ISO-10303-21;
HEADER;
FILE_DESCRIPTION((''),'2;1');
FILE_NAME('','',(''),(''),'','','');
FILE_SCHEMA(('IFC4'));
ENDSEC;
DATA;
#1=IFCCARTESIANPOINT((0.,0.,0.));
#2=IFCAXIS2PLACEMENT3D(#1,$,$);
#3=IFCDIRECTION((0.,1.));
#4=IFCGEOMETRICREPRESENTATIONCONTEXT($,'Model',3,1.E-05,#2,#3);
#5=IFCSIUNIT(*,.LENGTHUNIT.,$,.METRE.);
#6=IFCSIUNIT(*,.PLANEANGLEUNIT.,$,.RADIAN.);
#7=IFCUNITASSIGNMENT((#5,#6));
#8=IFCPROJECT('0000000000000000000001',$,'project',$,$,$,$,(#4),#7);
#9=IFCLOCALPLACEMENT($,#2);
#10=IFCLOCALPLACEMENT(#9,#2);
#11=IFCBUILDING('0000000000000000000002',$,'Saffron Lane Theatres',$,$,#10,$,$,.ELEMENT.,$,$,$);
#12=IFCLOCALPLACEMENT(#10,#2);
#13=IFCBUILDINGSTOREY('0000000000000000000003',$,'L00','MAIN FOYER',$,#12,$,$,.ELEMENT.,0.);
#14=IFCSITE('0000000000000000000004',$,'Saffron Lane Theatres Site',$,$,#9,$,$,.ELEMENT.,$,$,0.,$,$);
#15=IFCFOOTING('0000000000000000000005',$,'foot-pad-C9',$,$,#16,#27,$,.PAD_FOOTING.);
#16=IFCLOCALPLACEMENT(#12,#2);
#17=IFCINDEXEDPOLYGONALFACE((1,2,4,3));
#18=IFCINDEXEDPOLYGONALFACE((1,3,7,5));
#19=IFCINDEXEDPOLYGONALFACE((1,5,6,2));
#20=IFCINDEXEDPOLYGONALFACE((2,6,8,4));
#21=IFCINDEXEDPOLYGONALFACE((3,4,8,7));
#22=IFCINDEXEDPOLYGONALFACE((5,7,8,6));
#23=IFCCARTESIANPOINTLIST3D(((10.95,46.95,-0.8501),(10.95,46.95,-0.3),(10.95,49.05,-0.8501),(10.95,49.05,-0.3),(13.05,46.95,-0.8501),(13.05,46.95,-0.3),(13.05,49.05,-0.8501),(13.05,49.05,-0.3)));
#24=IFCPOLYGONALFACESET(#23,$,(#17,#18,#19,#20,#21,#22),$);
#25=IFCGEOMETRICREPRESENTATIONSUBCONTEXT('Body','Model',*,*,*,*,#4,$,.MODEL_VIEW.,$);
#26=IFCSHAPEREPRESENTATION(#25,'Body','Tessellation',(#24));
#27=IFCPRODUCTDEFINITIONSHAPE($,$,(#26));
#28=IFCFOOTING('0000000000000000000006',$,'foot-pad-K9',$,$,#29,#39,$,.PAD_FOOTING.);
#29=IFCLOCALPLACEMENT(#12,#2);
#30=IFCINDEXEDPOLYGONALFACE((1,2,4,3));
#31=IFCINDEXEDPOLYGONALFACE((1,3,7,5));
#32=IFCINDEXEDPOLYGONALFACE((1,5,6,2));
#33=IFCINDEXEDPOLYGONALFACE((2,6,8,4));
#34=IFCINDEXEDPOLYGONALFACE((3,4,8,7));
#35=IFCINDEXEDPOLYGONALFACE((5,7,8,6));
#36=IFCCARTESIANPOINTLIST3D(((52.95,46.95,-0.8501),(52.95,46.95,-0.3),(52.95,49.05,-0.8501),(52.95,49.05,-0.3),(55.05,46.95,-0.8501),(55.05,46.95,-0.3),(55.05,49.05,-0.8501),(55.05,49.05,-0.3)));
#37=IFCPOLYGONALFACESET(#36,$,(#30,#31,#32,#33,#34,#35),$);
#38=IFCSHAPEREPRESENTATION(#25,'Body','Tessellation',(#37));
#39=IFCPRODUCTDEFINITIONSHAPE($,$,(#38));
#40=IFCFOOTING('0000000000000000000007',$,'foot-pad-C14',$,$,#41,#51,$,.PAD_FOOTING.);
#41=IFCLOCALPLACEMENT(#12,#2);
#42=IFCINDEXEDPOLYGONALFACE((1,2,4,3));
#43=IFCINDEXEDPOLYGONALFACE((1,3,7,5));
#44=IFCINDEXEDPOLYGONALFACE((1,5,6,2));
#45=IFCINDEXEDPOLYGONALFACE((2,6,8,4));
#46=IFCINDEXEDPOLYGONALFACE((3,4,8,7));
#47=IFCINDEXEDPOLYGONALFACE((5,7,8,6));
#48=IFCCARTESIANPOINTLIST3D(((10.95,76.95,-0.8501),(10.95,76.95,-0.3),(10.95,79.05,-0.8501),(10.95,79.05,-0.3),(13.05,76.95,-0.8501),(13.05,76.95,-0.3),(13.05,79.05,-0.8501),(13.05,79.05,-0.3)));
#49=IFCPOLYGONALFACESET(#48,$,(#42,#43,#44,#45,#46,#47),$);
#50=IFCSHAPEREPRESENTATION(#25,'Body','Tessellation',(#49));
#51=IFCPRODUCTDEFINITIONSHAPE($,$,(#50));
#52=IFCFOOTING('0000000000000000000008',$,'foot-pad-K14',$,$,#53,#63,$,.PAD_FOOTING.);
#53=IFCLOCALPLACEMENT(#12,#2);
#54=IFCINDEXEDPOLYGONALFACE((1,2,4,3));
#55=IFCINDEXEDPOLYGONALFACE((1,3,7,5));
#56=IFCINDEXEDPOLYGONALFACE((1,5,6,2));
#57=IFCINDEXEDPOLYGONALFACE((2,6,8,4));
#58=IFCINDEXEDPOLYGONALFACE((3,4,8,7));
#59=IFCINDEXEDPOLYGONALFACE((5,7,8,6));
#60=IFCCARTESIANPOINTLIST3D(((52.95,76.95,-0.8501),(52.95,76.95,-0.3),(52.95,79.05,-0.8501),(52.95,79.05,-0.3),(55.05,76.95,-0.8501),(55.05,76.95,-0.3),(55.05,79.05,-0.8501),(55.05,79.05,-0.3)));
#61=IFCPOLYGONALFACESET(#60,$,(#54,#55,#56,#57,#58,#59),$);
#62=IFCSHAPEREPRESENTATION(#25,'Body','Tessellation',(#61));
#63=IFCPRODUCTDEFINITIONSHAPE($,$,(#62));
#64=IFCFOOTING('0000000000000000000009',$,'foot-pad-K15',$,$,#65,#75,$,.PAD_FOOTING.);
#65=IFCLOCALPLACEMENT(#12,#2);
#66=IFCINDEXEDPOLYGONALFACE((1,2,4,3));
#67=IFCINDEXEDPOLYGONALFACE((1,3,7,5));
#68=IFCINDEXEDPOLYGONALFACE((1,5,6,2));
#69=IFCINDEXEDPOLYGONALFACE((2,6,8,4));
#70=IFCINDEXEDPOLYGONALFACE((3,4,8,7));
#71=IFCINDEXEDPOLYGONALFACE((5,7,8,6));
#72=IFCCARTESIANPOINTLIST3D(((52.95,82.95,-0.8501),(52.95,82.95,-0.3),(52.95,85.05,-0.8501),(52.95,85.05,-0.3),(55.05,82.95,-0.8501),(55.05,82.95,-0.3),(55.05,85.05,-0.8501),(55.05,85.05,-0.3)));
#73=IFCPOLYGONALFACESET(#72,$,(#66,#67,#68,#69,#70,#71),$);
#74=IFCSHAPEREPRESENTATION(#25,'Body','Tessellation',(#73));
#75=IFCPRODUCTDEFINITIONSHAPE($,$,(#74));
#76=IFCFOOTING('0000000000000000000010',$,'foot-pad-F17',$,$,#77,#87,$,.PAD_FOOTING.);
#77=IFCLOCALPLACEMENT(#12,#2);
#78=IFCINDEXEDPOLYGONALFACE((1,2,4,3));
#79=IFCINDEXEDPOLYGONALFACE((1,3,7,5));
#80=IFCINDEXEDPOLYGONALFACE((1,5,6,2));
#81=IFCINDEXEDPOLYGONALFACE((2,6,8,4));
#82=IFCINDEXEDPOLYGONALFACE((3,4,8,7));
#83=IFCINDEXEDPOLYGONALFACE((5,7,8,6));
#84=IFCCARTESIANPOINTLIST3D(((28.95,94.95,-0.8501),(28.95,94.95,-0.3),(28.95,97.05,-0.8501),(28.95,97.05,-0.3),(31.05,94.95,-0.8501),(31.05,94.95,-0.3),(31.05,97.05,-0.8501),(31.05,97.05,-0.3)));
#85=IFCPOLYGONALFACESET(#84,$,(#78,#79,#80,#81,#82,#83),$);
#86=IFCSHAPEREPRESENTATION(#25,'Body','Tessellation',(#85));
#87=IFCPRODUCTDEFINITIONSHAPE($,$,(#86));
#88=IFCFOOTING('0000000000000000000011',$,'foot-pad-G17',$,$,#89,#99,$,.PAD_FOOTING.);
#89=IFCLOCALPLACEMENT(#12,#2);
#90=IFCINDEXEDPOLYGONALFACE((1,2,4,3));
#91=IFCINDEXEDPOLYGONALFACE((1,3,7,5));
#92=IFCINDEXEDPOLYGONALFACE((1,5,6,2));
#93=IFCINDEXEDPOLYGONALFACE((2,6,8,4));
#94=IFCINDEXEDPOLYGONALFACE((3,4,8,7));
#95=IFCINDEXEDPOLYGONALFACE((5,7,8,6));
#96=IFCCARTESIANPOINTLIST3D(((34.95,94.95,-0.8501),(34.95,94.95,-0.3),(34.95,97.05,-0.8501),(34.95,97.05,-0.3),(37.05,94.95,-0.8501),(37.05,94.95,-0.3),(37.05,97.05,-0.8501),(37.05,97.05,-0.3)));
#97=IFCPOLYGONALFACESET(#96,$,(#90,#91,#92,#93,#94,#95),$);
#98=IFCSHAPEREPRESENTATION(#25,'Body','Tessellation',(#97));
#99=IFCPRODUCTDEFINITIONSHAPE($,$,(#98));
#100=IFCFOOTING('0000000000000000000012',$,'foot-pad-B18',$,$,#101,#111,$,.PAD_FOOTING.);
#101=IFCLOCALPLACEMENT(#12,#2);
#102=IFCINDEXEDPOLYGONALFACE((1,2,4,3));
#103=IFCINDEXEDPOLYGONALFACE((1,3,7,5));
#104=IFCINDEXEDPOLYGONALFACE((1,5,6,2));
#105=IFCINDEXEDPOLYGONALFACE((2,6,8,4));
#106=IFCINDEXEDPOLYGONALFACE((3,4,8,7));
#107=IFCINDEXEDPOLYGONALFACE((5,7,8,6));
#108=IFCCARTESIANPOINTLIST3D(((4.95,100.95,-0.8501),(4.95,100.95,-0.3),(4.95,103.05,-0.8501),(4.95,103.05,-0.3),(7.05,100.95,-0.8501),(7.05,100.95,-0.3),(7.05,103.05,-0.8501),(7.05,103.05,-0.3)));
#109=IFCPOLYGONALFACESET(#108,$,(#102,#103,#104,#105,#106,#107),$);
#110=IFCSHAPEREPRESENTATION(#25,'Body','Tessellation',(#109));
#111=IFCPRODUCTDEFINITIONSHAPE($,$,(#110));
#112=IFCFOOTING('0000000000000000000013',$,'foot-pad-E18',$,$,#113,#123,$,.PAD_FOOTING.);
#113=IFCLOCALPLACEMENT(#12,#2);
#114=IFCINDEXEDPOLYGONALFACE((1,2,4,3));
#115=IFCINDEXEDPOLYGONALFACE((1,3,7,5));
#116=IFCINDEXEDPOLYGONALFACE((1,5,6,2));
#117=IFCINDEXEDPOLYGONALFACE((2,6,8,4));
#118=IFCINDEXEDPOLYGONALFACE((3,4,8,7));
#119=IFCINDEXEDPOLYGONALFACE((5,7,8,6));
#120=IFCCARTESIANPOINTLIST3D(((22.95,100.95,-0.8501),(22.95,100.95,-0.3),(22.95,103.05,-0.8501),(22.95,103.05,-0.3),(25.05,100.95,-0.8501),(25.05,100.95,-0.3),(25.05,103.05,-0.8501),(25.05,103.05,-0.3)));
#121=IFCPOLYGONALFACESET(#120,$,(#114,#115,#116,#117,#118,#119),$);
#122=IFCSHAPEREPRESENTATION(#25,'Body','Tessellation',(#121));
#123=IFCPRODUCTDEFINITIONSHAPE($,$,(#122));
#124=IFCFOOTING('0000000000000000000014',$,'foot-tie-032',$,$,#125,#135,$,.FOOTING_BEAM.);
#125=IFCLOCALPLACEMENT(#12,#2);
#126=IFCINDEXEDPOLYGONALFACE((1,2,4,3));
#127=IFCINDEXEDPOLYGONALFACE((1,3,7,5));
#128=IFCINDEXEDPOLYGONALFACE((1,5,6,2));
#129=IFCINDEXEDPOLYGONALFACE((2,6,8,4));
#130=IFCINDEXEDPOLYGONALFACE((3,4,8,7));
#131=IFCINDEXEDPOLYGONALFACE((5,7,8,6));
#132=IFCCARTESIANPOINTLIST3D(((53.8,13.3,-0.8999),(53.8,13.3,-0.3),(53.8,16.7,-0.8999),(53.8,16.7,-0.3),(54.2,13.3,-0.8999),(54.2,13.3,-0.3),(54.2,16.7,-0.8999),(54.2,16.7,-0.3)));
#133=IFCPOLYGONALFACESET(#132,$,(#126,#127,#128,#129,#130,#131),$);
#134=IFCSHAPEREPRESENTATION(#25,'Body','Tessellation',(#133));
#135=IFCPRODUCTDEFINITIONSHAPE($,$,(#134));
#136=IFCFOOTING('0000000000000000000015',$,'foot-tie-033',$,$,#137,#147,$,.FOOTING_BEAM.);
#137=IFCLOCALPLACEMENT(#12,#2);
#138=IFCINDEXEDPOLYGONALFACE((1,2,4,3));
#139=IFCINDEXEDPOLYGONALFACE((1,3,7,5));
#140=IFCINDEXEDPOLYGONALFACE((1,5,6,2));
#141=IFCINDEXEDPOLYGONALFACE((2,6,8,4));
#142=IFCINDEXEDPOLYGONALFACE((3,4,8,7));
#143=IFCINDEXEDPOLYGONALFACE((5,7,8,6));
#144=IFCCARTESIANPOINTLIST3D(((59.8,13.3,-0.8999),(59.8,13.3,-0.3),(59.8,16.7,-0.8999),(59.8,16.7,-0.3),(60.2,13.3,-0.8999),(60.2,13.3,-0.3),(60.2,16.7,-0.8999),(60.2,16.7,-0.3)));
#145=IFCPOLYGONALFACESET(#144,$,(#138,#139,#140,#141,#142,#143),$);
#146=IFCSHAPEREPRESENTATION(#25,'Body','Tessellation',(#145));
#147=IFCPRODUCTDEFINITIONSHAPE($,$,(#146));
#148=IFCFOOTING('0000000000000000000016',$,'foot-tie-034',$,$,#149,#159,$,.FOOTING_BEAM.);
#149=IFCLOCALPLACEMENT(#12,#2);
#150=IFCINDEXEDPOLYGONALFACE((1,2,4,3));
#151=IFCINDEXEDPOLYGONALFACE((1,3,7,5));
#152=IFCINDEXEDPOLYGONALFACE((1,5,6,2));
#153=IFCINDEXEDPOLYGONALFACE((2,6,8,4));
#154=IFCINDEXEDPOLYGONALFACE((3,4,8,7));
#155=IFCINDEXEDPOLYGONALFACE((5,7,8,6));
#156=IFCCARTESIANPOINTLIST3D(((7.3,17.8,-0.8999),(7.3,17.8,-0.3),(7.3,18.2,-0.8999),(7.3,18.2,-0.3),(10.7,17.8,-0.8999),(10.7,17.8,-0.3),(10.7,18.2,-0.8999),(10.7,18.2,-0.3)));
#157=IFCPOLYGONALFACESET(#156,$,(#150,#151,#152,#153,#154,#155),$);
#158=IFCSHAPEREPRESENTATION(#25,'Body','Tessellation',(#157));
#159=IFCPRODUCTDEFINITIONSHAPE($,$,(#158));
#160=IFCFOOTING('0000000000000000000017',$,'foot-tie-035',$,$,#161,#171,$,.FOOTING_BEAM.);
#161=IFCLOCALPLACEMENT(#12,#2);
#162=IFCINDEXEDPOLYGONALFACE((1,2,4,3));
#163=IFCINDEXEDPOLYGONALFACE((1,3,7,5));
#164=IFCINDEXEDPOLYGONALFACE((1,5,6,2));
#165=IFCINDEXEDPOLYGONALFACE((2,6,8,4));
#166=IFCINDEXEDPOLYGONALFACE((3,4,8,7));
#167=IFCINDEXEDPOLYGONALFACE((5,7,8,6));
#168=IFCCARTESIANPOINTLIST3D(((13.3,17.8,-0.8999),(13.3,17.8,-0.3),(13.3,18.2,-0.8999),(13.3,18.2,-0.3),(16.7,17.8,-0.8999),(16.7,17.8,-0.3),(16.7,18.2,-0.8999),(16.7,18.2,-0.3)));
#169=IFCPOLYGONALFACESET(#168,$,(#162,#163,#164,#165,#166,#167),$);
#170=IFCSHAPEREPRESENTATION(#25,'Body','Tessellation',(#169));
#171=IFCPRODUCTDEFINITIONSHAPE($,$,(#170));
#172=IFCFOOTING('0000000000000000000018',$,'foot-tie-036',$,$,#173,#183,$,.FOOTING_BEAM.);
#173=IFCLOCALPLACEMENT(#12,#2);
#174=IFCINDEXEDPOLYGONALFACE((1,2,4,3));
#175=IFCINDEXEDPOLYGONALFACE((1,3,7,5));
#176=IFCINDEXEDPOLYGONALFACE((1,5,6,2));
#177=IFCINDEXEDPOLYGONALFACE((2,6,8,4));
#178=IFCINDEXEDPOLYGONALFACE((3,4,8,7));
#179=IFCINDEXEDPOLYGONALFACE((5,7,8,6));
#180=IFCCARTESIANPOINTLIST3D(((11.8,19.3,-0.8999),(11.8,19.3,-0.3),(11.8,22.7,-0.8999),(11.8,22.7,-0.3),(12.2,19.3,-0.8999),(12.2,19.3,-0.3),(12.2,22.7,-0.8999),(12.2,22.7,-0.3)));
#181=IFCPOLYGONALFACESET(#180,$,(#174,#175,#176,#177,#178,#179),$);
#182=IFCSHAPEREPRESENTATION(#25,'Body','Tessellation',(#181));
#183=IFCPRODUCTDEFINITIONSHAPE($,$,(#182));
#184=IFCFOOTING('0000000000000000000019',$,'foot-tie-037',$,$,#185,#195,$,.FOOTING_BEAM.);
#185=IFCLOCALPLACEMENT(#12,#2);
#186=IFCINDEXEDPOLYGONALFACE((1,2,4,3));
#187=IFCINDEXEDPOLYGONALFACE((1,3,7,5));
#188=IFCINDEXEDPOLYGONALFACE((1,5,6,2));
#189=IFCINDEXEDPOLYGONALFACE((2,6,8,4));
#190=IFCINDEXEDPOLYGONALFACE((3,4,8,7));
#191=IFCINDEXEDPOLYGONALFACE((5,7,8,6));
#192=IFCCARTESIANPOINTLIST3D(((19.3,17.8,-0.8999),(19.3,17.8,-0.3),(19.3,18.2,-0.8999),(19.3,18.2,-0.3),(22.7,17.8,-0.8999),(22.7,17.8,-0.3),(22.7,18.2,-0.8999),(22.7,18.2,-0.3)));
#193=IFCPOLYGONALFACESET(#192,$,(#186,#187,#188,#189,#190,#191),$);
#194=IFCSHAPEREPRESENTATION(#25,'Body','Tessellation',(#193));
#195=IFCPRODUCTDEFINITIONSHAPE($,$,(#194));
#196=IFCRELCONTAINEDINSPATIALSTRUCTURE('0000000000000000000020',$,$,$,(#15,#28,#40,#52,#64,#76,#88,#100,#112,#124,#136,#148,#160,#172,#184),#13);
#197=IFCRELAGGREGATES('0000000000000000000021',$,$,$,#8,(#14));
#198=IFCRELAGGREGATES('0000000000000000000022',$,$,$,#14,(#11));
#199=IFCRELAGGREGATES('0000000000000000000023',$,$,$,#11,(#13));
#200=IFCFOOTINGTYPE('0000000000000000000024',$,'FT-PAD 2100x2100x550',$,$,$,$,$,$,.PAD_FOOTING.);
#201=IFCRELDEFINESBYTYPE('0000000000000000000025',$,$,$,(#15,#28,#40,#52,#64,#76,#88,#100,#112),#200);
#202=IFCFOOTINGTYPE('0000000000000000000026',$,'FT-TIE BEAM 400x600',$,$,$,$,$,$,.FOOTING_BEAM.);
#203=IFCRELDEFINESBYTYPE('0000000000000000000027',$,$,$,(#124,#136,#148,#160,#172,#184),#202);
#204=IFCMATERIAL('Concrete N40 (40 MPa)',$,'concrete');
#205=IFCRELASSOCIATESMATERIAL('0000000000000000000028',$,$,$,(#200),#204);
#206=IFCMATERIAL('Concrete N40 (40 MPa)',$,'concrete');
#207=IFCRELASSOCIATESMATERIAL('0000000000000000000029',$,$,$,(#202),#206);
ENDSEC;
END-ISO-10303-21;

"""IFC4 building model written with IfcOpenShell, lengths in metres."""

from ifc_helpers import new_model, si_unit, direction, frame, origin, place, context, subcontext, project, spatial, polyline, outline, extrude, material, type_object, element, save


model = new_model("IFC4")

# Units and contexts
model_context = context("Model", 3, precision=1e-05, world=origin(), true_north=direction((0.0, 1.0)))
body_context = subcontext(model_context, "Body", "Model", "MODEL_VIEW")
ifc_project = project(units=[si_unit("LENGTHUNIT", "METRE"), si_unit("PLANEANGLEUNIT", "RADIAN")], contexts=[model_context])

# Site, building, storey
site_placement = place(None, origin())
site = spatial("IfcSite", under=ifc_project, at=site_placement, Name="Saffron Lane Theatres Site", CompositionType="ELEMENT", RefElevation=0.0)
building_placement = place(site_placement, origin())
building = spatial("IfcBuilding", under=site, at=building_placement, Name="Saffron Lane Theatres", CompositionType="ELEMENT")
storey_placement = place(building_placement, origin())
storey = spatial("IfcBuildingStorey", under=building, at=storey_placement, Name="L00", Description="MAIN FOYER", CompositionType="ELEMENT", Elevation=0.0)

# Footings
ifc_material_1 = material(Name="Concrete N40 (40 MPa)", Category="concrete")
footing_type_1 = type_object("IfcFootingType", Name="FT-PAD 2100x2100x550", PredefinedType="PAD_FOOTING", material=ifc_material_1)
footing_1_placement = place(storey_placement, frame((0.0, 0.0, -0.8501)))
element("IfcFooting", 1, at=footing_1_placement, inside=storey, type_object=footing_type_1, Name="foot-pad-C9", PredefinedType="PAD_FOOTING", context=body_context, shape_type="SweptSolid", body=[
    extrude(outline(polyline([(10.95, 46.95), (13.05, 46.95), (13.05, 49.05), (10.95, 49.05), (10.95, 46.95)])), origin(), (0.0, 0.0, 1.0), 0.55),
])
footing_2_placement = place(storey_placement, frame((0.0, 0.0, -0.8501)))
element("IfcFooting", 2, at=footing_2_placement, inside=storey, type_object=footing_type_1, Name="foot-pad-K9", PredefinedType="PAD_FOOTING", context=body_context, shape_type="SweptSolid", body=[
    extrude(outline(polyline([(52.95, 46.95), (55.05, 46.95), (55.05, 49.05), (52.95, 49.05), (52.95, 46.95)])), origin(), (0.0, 0.0, 1.0), 0.55),
])
footing_3_placement = place(storey_placement, frame((0.0, 0.0, -0.8501)))
element("IfcFooting", 3, at=footing_3_placement, inside=storey, type_object=footing_type_1, Name="foot-pad-C14", PredefinedType="PAD_FOOTING", context=body_context, shape_type="SweptSolid", body=[
    extrude(outline(polyline([(10.95, 76.95), (13.05, 76.95), (13.05, 79.05), (10.95, 79.05), (10.95, 76.95)])), origin(), (0.0, 0.0, 1.0), 0.55),
])
footing_4_placement = place(storey_placement, frame((0.0, 0.0, -0.8501)))
element("IfcFooting", 4, at=footing_4_placement, inside=storey, type_object=footing_type_1, Name="foot-pad-K14", PredefinedType="PAD_FOOTING", context=body_context, shape_type="SweptSolid", body=[
    extrude(outline(polyline([(52.95, 76.95), (55.05, 76.95), (55.05, 79.05), (52.95, 79.05), (52.95, 76.95)])), origin(), (0.0, 0.0, 1.0), 0.55),
])
footing_5_placement = place(storey_placement, frame((0.0, 0.0, -0.8501)))
element("IfcFooting", 5, at=footing_5_placement, inside=storey, type_object=footing_type_1, Name="foot-pad-K15", PredefinedType="PAD_FOOTING", context=body_context, shape_type="SweptSolid", body=[
    extrude(outline(polyline([(52.95, 82.95), (55.05, 82.95), (55.05, 85.05), (52.95, 85.05), (52.95, 82.95)])), origin(), (0.0, 0.0, 1.0), 0.55),
])
footing_6_placement = place(storey_placement, frame((0.0, 0.0, -0.8501)))
element("IfcFooting", 6, at=footing_6_placement, inside=storey, type_object=footing_type_1, Name="foot-pad-F17", PredefinedType="PAD_FOOTING", context=body_context, shape_type="SweptSolid", body=[
    extrude(outline(polyline([(28.95, 94.95), (31.05, 94.95), (31.05, 97.05), (28.95, 97.05), (28.95, 94.95)])), origin(), (0.0, 0.0, 1.0), 0.55),
])
footing_7_placement = place(storey_placement, frame((0.0, 0.0, -0.8501)))
element("IfcFooting", 7, at=footing_7_placement, inside=storey, type_object=footing_type_1, Name="foot-pad-G17", PredefinedType="PAD_FOOTING", context=body_context, shape_type="SweptSolid", body=[
    extrude(outline(polyline([(34.95, 94.95), (37.05, 94.95), (37.05, 97.05), (34.95, 97.05), (34.95, 94.95)])), origin(), (0.0, 0.0, 1.0), 0.55),
])
footing_8_placement = place(storey_placement, frame((0.0, 0.0, -0.8501)))
element("IfcFooting", 8, at=footing_8_placement, inside=storey, type_object=footing_type_1, Name="foot-pad-B18", PredefinedType="PAD_FOOTING", context=body_context, shape_type="SweptSolid", body=[
    extrude(outline(polyline([(4.95, 100.95), (7.05, 100.95), (7.05, 103.05), (4.95, 103.05), (4.95, 100.95)])), origin(), (0.0, 0.0, 1.0), 0.55),
])
footing_9_placement = place(storey_placement, frame((0.0, 0.0, -0.8501)))
element("IfcFooting", 9, at=footing_9_placement, inside=storey, type_object=footing_type_1, Name="foot-pad-E18", PredefinedType="PAD_FOOTING", context=body_context, shape_type="SweptSolid", body=[
    extrude(outline(polyline([(22.95, 100.95), (25.05, 100.95), (25.05, 103.05), (22.95, 103.05), (22.95, 100.95)])), origin(), (0.0, 0.0, 1.0), 0.55),
])
ifc_material_2 = material(Name="Concrete N40 (40 MPa)", Category="concrete")
footing_type_2 = type_object("IfcFootingType", Name="FT-TIE BEAM 400x600", PredefinedType="FOOTING_BEAM", material=ifc_material_2)
footing_10_placement = place(storey_placement, frame((0.0, 0.0, -0.8999)))
element("IfcFooting", 10, at=footing_10_placement, inside=storey, type_object=footing_type_2, Name="foot-tie-032", PredefinedType="FOOTING_BEAM", context=body_context, shape_type="SweptSolid", body=[
    extrude(outline(polyline([(53.8, 13.3), (54.2, 13.3), (54.2, 16.7), (53.8, 16.7), (53.8, 13.3)])), origin(), (0.0, 0.0, 1.0), 0.5999),
])
footing_11_placement = place(storey_placement, frame((0.0, 0.0, -0.8999)))
element("IfcFooting", 11, at=footing_11_placement, inside=storey, type_object=footing_type_2, Name="foot-tie-033", PredefinedType="FOOTING_BEAM", context=body_context, shape_type="SweptSolid", body=[
    extrude(outline(polyline([(59.8, 13.3), (60.2, 13.3), (60.2, 16.7), (59.8, 16.7), (59.8, 13.3)])), origin(), (0.0, 0.0, 1.0), 0.5999),
])
footing_12_placement = place(storey_placement, frame((0.0, 0.0, -0.8999)))
element("IfcFooting", 12, at=footing_12_placement, inside=storey, type_object=footing_type_2, Name="foot-tie-034", PredefinedType="FOOTING_BEAM", context=body_context, shape_type="SweptSolid", body=[
    extrude(outline(polyline([(7.3, 17.8), (10.7, 17.8), (10.7, 18.2), (7.3, 18.2), (7.3, 17.8)])), origin(), (0.0, 0.0, 1.0), 0.5999),
])
footing_13_placement = place(storey_placement, frame((0.0, 0.0, -0.8999)))
element("IfcFooting", 13, at=footing_13_placement, inside=storey, type_object=footing_type_2, Name="foot-tie-035", PredefinedType="FOOTING_BEAM", context=body_context, shape_type="SweptSolid", body=[
    extrude(outline(polyline([(13.3, 17.8), (16.7, 17.8), (16.7, 18.2), (13.3, 18.2), (13.3, 17.8)])), origin(), (0.0, 0.0, 1.0), 0.5999),
])
footing_14_placement = place(storey_placement, frame((0.0, 0.0, -0.8999)))
element("IfcFooting", 14, at=footing_14_placement, inside=storey, type_object=footing_type_2, Name="foot-tie-036", PredefinedType="FOOTING_BEAM", context=body_context, shape_type="SweptSolid", body=[
    extrude(outline(polyline([(11.8, 19.3), (12.2, 19.3), (12.2, 22.7), (11.8, 22.7), (11.8, 19.3)])), origin(), (0.0, 0.0, 1.0), 0.5999),
])
footing_15_placement = place(storey_placement, frame((0.0, 0.0, -0.8999)))
element("IfcFooting", 15, at=footing_15_placement, inside=storey, type_object=footing_type_2, Name="foot-tie-037", PredefinedType="FOOTING_BEAM", context=body_context, shape_type="SweptSolid", body=[
    extrude(outline(polyline([(19.3, 17.8), (22.7, 17.8), (22.7, 18.2), (19.3, 18.2), (19.3, 17.8)])), origin(), (0.0, 0.0, 1.0), 0.5999),
])

save(model, "model.ifc")
